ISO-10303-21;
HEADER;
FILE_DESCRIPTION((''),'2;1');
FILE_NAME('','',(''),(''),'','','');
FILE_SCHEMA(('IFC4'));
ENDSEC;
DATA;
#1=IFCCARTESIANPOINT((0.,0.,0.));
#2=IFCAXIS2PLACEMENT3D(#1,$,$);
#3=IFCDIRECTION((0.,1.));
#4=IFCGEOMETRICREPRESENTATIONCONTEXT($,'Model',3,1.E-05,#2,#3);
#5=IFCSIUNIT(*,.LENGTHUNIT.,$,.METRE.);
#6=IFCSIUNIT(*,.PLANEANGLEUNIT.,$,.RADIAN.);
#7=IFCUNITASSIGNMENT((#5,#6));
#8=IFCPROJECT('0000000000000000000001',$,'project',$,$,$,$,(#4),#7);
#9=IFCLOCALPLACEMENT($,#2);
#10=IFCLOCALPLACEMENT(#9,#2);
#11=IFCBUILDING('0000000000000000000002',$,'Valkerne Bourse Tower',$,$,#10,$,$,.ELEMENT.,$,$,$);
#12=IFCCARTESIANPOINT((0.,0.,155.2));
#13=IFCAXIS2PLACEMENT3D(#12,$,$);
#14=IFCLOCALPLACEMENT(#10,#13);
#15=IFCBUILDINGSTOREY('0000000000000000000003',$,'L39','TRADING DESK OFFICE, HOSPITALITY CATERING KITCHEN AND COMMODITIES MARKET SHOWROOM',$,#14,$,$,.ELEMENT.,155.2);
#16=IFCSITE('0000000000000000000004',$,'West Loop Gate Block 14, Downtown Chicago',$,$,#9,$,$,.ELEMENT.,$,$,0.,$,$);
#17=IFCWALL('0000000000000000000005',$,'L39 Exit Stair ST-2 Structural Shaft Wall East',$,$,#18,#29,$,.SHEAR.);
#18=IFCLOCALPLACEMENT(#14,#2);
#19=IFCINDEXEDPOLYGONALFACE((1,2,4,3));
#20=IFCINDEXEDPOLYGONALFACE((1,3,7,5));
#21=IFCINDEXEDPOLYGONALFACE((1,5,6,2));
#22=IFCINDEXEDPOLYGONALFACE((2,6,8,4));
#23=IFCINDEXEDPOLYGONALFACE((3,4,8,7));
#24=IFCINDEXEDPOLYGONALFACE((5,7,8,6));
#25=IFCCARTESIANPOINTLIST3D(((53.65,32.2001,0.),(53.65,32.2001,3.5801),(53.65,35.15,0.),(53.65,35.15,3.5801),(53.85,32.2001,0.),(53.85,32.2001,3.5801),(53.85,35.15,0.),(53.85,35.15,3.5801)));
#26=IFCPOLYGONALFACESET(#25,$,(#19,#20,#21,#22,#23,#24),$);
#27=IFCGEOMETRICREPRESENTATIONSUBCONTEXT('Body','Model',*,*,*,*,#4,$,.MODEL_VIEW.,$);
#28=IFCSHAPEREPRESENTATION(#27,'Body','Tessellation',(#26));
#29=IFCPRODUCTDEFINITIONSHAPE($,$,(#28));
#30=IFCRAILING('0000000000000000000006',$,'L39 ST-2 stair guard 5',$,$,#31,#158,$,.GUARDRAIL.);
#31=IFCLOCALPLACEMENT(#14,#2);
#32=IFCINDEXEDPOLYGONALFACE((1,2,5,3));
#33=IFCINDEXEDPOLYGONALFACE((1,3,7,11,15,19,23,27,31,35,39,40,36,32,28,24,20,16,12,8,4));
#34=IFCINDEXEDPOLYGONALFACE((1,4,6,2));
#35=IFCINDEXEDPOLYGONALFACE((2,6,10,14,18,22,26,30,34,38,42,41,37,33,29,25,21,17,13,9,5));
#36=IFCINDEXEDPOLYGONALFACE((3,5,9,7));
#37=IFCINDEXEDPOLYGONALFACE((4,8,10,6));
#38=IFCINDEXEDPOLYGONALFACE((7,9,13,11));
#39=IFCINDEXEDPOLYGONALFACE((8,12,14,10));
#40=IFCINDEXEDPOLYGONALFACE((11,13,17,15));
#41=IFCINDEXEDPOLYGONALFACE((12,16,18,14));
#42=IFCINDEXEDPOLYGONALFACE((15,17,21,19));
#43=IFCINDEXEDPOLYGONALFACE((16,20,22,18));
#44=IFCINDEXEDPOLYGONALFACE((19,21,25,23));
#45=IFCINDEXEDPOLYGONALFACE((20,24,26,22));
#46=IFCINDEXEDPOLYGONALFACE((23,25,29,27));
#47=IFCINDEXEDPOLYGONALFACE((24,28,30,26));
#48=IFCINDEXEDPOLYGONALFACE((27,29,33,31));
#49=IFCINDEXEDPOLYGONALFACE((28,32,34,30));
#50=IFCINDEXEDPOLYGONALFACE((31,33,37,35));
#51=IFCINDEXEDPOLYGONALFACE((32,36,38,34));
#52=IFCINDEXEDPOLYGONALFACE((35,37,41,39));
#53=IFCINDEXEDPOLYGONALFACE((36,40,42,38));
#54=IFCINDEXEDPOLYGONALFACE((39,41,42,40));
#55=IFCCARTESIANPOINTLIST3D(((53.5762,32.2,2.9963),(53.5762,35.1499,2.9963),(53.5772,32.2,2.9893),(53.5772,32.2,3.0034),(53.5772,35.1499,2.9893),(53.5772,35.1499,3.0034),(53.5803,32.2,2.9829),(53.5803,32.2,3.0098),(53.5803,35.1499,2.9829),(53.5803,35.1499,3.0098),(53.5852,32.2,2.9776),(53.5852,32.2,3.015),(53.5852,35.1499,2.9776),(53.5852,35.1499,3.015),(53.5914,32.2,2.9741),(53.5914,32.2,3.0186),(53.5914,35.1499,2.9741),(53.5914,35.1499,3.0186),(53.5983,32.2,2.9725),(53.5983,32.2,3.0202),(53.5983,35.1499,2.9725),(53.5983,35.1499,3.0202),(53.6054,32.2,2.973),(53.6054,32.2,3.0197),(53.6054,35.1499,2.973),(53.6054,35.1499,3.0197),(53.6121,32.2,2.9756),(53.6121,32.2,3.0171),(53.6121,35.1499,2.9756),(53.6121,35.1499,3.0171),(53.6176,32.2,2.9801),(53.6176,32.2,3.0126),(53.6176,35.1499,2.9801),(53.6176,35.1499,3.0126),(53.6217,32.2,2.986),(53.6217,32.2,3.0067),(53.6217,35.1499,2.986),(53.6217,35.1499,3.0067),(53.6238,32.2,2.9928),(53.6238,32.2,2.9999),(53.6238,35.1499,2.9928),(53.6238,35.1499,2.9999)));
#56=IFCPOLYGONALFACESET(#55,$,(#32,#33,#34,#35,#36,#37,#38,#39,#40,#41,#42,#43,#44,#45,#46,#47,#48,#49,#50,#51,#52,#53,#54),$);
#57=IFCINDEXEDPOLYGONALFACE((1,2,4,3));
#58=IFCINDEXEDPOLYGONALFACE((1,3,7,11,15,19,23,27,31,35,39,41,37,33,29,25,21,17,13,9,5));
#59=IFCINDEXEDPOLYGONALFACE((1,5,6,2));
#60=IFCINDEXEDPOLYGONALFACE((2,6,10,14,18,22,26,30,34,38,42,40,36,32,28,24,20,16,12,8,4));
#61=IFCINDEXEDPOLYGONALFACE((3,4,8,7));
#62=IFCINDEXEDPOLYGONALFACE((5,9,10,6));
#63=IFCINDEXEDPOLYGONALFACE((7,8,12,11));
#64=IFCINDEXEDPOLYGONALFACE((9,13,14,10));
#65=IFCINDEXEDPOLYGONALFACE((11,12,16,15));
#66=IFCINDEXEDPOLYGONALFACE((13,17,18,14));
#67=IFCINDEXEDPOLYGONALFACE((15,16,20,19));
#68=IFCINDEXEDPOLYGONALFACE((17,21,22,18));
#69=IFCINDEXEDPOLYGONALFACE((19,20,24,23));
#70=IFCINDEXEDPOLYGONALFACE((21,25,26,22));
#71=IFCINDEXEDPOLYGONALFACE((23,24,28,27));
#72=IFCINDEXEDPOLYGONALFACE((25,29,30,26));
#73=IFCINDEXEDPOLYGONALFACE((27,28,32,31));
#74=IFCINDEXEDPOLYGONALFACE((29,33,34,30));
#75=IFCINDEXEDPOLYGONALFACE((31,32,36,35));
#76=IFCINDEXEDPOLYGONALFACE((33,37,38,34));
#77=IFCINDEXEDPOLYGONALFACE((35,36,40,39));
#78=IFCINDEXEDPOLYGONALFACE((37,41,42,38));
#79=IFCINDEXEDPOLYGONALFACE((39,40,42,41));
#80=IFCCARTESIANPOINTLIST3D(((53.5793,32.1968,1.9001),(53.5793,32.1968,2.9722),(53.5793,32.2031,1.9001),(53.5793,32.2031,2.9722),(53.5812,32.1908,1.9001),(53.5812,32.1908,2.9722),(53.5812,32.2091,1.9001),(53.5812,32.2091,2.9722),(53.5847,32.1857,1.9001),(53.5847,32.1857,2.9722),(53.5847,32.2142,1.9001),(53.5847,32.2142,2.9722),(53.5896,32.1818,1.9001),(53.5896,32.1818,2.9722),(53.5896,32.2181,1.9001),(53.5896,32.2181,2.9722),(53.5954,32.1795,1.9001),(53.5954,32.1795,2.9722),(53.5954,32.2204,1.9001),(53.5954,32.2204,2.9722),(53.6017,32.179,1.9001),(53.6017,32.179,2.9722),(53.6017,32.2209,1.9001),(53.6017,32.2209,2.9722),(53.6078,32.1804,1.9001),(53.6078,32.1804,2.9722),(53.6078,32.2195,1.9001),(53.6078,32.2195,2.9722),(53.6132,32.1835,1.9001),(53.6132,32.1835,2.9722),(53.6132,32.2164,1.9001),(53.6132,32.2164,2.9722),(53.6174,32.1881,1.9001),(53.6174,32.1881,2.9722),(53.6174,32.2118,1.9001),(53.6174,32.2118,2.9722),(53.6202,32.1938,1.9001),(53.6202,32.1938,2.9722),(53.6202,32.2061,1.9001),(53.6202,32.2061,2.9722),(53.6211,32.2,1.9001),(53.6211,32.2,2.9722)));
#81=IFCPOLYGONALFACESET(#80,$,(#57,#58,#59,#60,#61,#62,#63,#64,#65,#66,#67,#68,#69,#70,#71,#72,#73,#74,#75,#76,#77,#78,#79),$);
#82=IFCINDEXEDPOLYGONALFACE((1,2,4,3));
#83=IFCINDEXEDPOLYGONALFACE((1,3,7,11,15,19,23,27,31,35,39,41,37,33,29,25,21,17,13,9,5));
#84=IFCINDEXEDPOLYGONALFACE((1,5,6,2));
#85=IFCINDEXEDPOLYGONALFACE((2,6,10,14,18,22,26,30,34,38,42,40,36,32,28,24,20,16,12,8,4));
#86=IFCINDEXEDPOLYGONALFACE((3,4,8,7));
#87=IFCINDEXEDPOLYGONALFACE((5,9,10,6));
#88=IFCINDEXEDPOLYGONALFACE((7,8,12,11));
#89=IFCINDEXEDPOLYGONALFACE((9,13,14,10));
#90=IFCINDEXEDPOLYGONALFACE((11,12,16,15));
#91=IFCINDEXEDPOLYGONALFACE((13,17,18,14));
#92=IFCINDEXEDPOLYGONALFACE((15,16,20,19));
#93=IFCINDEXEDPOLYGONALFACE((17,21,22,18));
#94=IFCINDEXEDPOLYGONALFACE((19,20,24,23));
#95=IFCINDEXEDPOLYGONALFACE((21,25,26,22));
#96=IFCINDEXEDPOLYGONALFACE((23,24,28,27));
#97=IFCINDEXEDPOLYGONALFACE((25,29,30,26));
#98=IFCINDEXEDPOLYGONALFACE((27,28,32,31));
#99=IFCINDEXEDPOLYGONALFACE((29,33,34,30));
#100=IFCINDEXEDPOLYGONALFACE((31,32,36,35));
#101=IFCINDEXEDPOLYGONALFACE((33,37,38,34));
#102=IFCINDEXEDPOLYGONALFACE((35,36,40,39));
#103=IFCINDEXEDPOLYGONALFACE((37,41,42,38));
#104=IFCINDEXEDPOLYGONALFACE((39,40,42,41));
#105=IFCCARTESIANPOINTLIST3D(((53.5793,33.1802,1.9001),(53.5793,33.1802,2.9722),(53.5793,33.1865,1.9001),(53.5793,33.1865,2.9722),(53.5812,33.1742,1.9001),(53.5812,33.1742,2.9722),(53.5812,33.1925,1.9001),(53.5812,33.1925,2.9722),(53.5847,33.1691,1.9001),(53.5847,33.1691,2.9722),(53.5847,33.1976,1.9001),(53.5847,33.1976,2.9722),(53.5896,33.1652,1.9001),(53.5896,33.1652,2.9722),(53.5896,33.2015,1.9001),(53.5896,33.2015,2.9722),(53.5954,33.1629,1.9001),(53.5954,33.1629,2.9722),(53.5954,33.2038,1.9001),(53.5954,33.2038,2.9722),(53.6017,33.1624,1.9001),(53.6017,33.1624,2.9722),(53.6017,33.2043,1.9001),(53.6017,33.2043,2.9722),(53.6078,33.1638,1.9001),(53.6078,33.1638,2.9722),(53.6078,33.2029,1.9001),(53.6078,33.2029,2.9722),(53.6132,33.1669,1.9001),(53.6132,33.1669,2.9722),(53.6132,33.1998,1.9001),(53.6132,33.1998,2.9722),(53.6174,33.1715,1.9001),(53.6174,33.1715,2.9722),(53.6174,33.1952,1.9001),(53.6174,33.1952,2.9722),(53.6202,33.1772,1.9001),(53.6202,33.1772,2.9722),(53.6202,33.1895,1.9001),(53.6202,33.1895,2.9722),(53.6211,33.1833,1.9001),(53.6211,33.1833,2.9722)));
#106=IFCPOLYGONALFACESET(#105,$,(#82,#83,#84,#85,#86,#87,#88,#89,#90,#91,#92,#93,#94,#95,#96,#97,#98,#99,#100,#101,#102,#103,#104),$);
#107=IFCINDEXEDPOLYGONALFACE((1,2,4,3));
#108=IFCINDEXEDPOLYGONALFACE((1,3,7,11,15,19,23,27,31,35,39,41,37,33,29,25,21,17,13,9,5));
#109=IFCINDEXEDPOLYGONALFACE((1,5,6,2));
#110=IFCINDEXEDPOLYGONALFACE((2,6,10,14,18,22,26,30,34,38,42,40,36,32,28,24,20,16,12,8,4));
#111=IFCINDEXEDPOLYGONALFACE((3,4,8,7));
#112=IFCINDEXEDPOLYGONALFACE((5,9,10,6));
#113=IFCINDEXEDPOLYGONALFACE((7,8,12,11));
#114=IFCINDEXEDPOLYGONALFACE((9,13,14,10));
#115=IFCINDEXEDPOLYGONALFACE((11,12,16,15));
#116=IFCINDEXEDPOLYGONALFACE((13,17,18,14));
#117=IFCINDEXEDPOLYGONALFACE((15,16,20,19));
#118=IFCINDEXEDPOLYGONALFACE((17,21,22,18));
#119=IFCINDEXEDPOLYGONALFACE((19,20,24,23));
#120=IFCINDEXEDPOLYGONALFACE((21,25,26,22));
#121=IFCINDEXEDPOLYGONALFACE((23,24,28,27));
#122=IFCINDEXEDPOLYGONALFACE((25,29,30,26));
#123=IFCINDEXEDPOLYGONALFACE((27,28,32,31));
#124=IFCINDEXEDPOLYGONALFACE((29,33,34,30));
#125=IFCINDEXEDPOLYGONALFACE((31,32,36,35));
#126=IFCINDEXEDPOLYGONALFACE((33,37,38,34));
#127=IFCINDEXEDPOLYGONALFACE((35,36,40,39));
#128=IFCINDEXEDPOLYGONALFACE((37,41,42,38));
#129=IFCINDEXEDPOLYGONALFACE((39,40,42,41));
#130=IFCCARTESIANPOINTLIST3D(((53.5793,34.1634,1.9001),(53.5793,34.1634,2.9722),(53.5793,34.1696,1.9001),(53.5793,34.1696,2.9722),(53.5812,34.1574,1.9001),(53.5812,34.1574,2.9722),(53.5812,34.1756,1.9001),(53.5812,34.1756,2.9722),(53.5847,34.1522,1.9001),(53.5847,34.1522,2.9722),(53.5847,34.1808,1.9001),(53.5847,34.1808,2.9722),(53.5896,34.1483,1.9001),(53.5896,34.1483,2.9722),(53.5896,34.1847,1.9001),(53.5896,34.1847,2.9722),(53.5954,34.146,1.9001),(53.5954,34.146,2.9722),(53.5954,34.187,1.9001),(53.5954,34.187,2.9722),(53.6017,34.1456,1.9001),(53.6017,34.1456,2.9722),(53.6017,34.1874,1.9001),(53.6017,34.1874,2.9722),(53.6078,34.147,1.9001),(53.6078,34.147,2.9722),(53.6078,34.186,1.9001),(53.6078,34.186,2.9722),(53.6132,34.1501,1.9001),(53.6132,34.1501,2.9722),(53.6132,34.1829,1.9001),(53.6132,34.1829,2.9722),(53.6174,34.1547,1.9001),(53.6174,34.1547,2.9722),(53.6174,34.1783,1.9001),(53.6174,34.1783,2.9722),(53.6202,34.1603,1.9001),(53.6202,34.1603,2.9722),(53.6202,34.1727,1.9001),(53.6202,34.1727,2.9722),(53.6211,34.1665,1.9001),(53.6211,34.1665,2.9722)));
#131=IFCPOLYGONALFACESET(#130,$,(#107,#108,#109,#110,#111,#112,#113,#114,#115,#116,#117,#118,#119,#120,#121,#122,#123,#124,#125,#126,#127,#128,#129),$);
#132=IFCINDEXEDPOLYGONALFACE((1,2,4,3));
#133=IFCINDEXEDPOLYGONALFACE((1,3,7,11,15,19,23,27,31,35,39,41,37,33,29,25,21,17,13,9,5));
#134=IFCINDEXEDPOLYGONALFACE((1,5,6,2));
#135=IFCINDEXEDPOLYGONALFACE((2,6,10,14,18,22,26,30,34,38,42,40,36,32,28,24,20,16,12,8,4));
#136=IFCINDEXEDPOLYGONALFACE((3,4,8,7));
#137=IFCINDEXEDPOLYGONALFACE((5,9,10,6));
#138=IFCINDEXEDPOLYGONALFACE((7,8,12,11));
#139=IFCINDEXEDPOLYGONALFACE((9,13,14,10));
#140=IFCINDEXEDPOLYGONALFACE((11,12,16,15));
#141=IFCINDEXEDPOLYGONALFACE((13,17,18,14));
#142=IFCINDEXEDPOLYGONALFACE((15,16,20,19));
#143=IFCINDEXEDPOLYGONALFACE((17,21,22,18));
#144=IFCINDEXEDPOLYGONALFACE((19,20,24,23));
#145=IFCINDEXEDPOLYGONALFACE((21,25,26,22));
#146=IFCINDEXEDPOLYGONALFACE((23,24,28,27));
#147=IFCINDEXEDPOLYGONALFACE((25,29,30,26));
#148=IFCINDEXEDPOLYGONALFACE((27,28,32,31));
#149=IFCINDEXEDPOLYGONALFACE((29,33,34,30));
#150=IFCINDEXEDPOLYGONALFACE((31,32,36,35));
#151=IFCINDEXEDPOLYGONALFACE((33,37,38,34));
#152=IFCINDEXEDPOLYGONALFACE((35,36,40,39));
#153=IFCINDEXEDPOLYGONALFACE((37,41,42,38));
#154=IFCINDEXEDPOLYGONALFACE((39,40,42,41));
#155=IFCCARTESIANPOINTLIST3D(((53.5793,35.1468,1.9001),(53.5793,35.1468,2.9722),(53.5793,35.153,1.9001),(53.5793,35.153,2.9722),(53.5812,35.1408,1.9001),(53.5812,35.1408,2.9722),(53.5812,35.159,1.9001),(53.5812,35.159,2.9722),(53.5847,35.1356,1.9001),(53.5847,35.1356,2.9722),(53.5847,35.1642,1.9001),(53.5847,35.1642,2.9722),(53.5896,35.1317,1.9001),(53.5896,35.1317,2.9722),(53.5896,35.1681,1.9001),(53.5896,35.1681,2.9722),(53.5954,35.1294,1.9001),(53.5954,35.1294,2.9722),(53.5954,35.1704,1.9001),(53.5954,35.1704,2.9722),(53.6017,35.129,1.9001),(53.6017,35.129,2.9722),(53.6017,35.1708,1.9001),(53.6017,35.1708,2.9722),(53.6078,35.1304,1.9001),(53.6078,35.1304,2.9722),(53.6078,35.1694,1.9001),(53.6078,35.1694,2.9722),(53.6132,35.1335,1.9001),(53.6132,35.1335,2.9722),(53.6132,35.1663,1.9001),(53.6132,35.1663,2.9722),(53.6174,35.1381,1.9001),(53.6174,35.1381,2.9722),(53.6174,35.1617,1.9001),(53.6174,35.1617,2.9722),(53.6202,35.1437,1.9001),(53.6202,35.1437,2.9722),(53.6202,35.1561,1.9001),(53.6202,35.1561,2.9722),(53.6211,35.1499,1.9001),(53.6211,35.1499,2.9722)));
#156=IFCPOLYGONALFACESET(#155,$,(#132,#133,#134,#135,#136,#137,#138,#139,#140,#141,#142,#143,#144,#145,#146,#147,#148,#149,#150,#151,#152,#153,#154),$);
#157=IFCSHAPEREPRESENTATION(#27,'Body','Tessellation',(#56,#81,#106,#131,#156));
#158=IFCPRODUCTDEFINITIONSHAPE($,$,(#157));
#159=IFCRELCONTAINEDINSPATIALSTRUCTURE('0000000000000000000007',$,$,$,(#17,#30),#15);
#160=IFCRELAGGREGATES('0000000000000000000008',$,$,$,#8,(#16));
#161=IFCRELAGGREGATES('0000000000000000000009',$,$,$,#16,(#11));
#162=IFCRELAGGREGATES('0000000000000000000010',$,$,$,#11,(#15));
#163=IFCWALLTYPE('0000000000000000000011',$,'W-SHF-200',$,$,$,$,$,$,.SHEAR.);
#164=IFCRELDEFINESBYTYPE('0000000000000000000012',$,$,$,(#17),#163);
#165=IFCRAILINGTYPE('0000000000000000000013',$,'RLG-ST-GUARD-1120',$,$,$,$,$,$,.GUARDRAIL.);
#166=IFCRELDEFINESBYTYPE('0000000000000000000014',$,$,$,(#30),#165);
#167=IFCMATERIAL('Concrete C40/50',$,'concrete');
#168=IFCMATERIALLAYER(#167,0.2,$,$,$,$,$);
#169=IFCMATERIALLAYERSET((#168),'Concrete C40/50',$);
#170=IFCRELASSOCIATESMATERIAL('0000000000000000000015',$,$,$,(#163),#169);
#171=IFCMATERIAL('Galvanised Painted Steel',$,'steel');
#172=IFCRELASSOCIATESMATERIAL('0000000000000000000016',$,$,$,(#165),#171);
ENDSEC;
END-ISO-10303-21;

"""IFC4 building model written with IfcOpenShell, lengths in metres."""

from ifc_helpers import new_model, si_unit, direction, frame, frame_2d, origin, origin_2d, place, context, subcontext, project, spatial, rectangle, circle, extrude, material, layer, layer_set, type_object, element, save


model = new_model("IFC4")

# Units and contexts
model_context = context("Model", 3, precision=1e-05, world=origin(), true_north=direction((0.0, 1.0)))
body_context = subcontext(model_context, "Body", "Model", "MODEL_VIEW")
ifc_project = project(units=[si_unit("LENGTHUNIT", "METRE"), si_unit("PLANEANGLEUNIT", "RADIAN")], contexts=[model_context])

# Site, building, storey
site_placement = place(None, origin())
site = spatial("IfcSite", under=ifc_project, at=site_placement, Name="West Loop Gate Block 14, Downtown Chicago", CompositionType="ELEMENT", RefElevation=0.0)
building_placement = place(site_placement, origin())
building = spatial("IfcBuilding", under=site, at=building_placement, Name="Valkerne Bourse Tower", CompositionType="ELEMENT")
storey_placement = place(building_placement, frame((0.0, 0.0, 155.2)))
storey = spatial("IfcBuildingStorey", under=building, at=storey_placement, Name="L39", Description="TRADING DESK OFFICE, HOSPITALITY CATERING KITCHEN AND COMMODITIES MARKET SHOWROOM", CompositionType="ELEMENT", Elevation=155.2)

# Wall
ifc_material_1 = material(Name="Concrete C40/50", Category="concrete")
ifc_layer_1 = layer(ifc_material_1, 0.2)
ifc_layer_set_1 = layer_set([ifc_layer_1], Name="Concrete C40/50")
wall_type_1 = type_object("IfcWallType", Name="W-SHF-200", PredefinedType="SHEAR", material=ifc_layer_set_1)
wall_1_placement = place(storey_placement, frame((53.75, 32.2, 0.0), z_axis=(0.0, 0.0, 1.0), x_axis=(0.0, 1.0, 0.0)))
element("IfcWall", 1, at=wall_1_placement, inside=storey, type_object=wall_type_1, Name="L39 Exit Stair ST-2 Structural Shaft Wall East", PredefinedType="SHEAR", context=body_context, shape_type="SweptSolid", body=[
    extrude(rectangle(XDim=2.95, YDim=0.2, at=frame_2d((1.4751, 0.0))), origin(), (0.0, 0.0, 1.0), 3.5801),
])

# Railing
ifc_material_2 = material(Name="Galvanised Painted Steel", Category="steel")
railing_type = type_object("IfcRailingType", Name="RLG-ST-GUARD-1120", PredefinedType="GUARDRAIL", material=ifc_material_2)
railing_1_placement = place(storey_placement, frame((53.6001, 32.2, 1.9001)))
element("IfcRailing", 2, at=railing_1_placement, inside=storey, type_object=railing_type, Name="L39 ST-2 stair guard 5", PredefinedType="GUARDRAIL", context=body_context, shape_type="SweptSolid", body=[
    extrude(circle(Radius=0.0239, at=origin_2d()), frame((0.0, 0.0, 1.0962), z_axis=(0.0, 1.0, 0.0), x_axis=(-1.0, 0.0, 0.0)), (0.0, 0.0, 1.0), 2.95),
    extrude(circle(Radius=0.021, at=origin_2d()), origin(), (0.0, 0.0, 1.0), 1.072),
    extrude(circle(Radius=0.021, at=origin_2d()), frame((0.0, 0.9834, 0.0)), (0.0, 0.0, 1.0), 1.072),
    extrude(circle(Radius=0.021, at=origin_2d()), frame((0.0, 1.9666, 0.0)), (0.0, 0.0, 1.0), 1.072),
    extrude(circle(Radius=0.021, at=origin_2d()), frame((0.0, 2.95, 0.0)), (0.0, 0.0, 1.0), 1.072),
])

save(model, "model.ifc")
